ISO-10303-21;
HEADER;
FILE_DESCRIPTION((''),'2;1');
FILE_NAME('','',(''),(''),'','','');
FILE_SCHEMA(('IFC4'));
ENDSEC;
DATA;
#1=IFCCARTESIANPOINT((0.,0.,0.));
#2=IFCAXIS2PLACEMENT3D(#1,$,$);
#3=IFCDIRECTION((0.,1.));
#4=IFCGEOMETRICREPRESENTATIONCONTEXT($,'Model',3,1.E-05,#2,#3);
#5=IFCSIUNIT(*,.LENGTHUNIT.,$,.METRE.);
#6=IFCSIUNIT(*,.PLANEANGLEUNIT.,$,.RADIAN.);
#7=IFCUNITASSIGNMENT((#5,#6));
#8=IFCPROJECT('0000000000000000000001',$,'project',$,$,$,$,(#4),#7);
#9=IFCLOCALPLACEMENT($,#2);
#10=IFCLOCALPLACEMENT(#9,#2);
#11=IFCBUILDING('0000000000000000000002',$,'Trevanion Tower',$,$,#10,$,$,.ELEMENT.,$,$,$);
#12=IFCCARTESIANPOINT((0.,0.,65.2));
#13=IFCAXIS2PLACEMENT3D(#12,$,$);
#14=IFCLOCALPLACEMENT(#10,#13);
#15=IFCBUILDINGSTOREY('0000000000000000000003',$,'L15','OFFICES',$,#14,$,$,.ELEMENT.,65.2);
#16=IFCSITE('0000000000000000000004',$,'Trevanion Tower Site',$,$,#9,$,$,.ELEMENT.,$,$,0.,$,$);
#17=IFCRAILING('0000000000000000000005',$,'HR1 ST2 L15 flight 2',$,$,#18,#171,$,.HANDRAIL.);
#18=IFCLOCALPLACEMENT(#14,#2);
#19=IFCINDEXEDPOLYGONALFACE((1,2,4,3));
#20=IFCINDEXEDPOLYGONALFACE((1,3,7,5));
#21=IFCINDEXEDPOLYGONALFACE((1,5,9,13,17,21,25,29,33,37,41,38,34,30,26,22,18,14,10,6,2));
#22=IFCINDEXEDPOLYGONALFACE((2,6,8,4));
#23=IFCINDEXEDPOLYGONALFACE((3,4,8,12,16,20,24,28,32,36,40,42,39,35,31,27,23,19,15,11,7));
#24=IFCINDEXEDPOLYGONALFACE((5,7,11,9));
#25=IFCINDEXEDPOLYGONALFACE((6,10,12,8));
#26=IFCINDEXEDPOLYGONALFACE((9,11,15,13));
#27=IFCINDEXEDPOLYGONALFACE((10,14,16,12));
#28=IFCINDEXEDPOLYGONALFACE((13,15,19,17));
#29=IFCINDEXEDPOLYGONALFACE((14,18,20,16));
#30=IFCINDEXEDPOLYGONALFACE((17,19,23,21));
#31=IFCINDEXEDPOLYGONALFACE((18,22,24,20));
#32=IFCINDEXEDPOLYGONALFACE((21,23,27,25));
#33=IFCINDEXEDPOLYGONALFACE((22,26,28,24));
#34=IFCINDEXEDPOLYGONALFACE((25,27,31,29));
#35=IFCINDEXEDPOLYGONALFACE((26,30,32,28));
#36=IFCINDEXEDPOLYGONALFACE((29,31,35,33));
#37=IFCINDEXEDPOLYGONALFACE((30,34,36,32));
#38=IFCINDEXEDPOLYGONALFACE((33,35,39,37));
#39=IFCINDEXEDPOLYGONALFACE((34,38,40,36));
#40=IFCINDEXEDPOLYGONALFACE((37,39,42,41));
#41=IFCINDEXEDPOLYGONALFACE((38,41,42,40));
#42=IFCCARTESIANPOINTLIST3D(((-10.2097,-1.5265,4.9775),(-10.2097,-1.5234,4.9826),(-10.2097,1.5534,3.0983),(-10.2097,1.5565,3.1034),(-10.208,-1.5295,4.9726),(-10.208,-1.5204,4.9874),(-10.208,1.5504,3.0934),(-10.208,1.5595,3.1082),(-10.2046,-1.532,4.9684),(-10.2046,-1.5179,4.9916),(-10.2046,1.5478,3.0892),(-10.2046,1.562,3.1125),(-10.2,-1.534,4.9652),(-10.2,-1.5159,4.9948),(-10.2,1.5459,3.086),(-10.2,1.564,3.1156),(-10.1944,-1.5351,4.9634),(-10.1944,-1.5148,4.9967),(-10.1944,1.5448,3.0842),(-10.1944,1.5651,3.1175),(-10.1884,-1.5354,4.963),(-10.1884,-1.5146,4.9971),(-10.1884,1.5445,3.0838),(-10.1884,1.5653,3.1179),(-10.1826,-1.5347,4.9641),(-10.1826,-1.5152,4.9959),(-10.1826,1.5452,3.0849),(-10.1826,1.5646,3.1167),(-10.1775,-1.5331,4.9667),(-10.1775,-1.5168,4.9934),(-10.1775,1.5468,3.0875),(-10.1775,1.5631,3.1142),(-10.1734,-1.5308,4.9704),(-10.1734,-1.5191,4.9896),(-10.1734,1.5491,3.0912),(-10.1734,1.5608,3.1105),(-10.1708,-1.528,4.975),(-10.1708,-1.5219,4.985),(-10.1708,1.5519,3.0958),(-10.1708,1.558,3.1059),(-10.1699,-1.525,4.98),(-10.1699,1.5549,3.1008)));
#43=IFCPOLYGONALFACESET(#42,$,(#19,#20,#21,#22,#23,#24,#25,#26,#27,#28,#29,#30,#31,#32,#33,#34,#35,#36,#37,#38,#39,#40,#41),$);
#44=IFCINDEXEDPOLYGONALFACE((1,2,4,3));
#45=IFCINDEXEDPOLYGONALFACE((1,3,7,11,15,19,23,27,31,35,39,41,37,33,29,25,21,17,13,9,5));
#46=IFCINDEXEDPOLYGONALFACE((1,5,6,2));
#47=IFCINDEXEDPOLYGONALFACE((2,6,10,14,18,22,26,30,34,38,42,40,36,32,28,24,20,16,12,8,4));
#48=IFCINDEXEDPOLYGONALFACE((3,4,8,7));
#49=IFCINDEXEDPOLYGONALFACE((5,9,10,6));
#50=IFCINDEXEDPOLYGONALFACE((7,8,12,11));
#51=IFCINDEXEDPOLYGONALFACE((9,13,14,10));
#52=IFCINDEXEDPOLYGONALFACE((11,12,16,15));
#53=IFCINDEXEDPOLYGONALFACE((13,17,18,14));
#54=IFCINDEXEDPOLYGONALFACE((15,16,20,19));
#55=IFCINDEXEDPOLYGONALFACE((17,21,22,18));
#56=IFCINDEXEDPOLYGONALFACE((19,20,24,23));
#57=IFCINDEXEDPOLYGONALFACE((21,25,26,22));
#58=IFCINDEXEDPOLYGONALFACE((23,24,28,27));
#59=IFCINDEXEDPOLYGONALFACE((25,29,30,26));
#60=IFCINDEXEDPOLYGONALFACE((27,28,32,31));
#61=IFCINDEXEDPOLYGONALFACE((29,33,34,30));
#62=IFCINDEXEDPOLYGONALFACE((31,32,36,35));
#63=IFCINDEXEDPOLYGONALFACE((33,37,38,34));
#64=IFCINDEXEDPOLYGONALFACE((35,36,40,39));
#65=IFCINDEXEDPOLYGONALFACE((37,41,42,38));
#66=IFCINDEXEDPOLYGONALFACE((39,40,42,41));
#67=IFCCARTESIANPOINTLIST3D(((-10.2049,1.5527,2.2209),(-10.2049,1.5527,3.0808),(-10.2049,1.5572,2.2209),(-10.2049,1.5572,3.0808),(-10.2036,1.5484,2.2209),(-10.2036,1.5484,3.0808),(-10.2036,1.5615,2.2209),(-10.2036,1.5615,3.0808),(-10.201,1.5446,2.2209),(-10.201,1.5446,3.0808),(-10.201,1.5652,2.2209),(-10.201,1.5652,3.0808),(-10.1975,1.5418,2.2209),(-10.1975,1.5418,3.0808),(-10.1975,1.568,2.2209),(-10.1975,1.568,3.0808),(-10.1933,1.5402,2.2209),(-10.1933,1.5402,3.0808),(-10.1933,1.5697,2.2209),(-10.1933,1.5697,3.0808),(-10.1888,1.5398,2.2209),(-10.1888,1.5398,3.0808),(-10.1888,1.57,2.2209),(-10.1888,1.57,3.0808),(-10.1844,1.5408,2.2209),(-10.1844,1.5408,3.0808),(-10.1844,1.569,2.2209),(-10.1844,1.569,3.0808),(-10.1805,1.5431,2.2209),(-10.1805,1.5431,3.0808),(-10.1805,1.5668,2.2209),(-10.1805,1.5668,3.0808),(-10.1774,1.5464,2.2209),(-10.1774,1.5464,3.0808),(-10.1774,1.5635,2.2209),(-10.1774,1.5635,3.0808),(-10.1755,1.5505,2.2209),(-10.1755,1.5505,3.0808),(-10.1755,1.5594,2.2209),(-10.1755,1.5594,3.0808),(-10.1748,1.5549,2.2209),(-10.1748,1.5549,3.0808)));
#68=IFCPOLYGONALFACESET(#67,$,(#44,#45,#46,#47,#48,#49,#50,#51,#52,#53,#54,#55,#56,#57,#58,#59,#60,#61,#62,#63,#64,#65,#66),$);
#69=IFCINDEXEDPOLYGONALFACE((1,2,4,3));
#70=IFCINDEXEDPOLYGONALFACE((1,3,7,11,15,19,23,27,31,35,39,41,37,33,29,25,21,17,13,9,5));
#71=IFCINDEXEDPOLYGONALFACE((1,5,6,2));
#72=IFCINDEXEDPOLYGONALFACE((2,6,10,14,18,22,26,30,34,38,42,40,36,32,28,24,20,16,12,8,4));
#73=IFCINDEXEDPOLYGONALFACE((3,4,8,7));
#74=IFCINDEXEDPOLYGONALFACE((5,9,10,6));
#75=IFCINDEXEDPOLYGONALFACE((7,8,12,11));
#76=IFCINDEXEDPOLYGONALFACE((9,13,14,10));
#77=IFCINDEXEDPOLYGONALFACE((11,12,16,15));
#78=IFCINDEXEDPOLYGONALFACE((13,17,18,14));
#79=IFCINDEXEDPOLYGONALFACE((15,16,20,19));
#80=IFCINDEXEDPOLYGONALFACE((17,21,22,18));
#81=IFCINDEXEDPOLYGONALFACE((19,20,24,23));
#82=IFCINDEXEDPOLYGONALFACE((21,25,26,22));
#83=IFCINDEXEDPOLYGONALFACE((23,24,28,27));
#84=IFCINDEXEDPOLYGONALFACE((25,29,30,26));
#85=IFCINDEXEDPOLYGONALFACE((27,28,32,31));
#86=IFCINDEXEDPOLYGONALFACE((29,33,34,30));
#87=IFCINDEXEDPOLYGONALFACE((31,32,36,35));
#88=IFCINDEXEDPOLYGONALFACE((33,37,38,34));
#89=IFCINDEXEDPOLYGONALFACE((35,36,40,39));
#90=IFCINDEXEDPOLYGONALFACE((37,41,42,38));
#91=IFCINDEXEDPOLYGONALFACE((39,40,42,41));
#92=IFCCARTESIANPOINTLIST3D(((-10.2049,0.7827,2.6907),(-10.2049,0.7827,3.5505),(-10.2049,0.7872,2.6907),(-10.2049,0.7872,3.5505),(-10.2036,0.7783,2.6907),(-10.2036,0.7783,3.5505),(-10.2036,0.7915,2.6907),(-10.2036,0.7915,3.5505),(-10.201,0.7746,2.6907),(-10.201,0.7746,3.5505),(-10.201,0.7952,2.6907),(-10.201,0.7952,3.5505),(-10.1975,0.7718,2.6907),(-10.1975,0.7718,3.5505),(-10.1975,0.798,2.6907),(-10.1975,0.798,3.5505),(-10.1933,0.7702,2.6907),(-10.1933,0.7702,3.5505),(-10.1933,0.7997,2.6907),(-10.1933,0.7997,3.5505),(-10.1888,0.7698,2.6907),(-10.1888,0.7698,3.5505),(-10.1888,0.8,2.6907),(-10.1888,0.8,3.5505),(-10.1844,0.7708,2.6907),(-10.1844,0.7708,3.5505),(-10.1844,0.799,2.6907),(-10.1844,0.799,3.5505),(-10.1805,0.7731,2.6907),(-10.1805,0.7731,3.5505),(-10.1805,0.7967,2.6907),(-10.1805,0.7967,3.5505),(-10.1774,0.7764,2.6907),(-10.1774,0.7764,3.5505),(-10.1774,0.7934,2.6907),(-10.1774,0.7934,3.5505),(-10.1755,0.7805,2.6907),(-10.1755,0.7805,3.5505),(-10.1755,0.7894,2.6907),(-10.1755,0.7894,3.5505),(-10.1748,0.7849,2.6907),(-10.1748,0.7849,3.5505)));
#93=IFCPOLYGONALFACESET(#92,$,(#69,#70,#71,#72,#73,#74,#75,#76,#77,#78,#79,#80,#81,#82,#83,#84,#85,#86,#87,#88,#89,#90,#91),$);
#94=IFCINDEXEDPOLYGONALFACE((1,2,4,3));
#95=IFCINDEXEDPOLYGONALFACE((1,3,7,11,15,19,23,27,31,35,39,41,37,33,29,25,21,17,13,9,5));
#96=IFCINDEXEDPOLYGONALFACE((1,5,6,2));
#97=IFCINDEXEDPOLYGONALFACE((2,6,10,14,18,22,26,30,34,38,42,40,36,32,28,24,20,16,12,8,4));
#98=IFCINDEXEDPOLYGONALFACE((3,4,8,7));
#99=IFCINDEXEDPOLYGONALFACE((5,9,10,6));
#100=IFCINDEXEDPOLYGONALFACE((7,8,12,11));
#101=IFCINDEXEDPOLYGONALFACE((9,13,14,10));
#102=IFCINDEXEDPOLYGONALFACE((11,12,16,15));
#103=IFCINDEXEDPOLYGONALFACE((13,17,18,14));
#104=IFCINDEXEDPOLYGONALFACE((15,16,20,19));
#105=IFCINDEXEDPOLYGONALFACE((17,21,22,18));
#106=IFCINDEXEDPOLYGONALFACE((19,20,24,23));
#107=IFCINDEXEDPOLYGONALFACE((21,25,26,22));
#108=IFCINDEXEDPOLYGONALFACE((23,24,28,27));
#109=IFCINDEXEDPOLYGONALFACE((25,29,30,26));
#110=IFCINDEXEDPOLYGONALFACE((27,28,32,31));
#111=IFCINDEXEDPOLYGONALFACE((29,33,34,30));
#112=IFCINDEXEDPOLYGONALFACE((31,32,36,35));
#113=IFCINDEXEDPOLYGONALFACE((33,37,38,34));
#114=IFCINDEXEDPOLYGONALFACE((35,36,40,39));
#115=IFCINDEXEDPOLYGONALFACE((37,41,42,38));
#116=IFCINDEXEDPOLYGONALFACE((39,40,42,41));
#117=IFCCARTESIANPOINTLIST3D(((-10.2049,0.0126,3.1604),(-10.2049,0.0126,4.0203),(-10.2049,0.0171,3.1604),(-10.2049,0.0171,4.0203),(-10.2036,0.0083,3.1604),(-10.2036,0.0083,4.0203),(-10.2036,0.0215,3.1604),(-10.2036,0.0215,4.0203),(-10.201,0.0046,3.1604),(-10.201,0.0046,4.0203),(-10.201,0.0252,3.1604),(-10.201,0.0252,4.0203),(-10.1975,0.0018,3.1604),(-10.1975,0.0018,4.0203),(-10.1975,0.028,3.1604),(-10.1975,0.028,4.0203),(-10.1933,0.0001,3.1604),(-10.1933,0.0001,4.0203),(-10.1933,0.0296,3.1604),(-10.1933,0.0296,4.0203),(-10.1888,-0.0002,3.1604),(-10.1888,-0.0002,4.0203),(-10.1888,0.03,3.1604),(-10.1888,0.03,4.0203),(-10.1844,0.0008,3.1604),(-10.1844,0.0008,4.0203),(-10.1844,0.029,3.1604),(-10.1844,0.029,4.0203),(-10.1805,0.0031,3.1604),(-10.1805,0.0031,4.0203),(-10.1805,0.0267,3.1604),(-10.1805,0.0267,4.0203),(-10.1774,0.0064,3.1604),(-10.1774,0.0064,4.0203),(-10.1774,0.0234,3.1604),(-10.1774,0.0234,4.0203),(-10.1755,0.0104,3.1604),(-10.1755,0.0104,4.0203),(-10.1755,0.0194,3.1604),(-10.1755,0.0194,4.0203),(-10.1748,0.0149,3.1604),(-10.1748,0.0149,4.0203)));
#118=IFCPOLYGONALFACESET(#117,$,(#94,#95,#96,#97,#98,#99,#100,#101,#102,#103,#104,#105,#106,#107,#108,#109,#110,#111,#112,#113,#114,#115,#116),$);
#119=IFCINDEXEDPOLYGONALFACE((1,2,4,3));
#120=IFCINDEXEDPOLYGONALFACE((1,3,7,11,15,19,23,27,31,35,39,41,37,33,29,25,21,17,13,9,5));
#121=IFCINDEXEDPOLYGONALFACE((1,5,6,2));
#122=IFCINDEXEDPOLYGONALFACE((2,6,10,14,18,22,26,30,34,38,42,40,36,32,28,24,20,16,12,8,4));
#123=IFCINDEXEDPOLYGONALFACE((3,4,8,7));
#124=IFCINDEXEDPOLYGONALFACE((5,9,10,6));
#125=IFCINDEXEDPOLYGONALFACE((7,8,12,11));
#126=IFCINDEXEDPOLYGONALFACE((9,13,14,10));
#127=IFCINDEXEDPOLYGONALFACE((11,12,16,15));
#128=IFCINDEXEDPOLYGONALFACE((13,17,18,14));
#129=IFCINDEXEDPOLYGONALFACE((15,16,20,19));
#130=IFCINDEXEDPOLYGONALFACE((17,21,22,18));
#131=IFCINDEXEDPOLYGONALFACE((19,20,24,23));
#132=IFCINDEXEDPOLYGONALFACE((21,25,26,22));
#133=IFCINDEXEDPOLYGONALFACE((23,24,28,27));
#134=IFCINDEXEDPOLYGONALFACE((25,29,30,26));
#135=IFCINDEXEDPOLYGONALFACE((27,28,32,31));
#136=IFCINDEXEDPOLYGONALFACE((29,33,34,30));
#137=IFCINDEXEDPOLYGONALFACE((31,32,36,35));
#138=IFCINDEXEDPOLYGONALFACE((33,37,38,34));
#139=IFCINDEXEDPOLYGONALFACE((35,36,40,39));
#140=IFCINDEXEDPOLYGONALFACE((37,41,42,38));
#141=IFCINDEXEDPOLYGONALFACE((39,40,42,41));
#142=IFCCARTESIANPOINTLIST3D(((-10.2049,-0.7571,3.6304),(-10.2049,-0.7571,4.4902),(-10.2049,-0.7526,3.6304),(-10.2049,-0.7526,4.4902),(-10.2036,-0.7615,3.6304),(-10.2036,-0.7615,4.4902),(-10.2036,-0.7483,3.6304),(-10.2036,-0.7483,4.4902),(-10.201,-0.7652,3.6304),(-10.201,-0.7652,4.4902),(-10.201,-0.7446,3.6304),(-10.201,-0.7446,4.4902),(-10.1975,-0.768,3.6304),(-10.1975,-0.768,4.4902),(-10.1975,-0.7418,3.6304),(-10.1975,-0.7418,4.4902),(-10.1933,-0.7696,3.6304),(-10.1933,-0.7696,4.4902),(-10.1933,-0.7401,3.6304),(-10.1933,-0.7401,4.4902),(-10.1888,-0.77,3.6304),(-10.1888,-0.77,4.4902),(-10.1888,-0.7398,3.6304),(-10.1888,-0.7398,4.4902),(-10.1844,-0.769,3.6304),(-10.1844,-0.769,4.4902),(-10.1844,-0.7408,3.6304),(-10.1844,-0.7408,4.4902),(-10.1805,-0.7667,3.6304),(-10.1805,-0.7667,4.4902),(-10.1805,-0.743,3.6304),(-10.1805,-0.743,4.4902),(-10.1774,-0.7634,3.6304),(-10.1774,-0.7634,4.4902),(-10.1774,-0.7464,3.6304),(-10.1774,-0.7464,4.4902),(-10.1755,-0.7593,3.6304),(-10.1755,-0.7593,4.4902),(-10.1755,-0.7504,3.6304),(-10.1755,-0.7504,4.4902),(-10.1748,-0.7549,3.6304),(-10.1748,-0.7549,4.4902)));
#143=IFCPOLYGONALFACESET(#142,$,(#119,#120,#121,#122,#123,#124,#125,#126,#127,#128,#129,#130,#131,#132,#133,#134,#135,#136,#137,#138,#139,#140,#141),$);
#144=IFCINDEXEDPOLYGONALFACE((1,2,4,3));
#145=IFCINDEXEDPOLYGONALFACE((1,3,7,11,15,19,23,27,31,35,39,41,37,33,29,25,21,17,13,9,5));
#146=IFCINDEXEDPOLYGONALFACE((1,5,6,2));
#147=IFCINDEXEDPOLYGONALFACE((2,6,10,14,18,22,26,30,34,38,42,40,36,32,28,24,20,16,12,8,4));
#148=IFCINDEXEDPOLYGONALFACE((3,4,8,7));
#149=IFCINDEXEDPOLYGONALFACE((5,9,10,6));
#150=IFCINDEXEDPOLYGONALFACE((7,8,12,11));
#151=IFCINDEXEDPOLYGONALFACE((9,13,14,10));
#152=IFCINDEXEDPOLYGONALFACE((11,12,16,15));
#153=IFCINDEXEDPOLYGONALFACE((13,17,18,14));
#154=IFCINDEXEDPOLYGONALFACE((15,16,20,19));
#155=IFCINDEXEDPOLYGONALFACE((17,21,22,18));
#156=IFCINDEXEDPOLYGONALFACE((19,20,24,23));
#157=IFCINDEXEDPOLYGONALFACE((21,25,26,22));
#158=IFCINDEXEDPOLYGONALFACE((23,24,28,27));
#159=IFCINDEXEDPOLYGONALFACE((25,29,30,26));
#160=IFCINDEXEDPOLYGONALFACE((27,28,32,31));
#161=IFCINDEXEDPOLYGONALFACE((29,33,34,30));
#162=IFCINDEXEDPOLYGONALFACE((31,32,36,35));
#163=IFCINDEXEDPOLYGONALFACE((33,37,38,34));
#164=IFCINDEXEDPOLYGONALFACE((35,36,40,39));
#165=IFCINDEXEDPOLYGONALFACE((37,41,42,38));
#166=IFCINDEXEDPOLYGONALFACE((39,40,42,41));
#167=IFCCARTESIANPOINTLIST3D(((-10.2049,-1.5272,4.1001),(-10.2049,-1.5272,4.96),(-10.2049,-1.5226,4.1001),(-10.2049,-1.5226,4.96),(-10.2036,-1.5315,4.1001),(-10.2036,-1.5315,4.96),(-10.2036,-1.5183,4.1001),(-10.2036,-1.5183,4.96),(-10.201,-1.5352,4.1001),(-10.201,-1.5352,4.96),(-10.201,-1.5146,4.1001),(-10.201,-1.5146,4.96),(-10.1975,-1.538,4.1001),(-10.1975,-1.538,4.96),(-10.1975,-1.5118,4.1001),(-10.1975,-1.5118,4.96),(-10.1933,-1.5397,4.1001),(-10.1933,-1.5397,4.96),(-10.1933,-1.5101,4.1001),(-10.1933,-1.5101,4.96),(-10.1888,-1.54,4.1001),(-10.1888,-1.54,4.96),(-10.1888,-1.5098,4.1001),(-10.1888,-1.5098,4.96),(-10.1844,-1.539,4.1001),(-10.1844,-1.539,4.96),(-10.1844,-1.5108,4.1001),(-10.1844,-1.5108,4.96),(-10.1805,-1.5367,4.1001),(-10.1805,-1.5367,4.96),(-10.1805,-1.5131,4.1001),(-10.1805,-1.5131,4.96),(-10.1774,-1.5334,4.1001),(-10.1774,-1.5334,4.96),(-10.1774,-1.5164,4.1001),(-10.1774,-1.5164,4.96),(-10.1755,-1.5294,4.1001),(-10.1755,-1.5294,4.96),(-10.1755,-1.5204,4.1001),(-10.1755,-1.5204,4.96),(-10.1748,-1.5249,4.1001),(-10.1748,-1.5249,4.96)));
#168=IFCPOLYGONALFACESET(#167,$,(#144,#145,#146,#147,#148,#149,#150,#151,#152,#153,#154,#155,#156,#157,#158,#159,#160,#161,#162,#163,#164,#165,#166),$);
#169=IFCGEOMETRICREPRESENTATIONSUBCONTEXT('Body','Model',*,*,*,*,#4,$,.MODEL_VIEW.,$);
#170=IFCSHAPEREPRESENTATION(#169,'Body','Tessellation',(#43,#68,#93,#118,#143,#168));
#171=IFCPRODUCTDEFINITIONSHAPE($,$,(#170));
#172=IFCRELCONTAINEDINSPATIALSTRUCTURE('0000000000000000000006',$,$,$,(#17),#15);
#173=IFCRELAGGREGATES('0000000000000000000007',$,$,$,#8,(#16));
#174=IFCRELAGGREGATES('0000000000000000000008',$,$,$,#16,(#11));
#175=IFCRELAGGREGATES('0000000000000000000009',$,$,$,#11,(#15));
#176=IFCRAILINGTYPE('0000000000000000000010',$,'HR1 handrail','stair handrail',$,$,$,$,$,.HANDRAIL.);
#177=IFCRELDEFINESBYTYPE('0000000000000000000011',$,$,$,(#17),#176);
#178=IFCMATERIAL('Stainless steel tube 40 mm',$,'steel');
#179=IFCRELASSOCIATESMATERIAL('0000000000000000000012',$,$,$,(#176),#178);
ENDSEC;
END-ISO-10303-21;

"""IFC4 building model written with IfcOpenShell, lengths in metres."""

from ifc_helpers import new_model, si_unit, direction, frame, origin, origin_2d, place, context, subcontext, project, spatial, circle, extrude, material, type_object, element, save


model = new_model("IFC4")

# Units and contexts
model_context = context("Model", 3, precision=1e-05, world=origin(), true_north=direction((0.0, 1.0)))
body_context = subcontext(model_context, "Body", "Model", "MODEL_VIEW")
ifc_project = project(units=[si_unit("LENGTHUNIT", "METRE"), si_unit("PLANEANGLEUNIT", "RADIAN")], contexts=[model_context])

# Site, building, storey
site_placement = place(None, origin())
site = spatial("IfcSite", under=ifc_project, at=site_placement, Name="Trevanion Tower Site", CompositionType="ELEMENT", RefElevation=0.0)
building_placement = place(site_placement, origin())
building = spatial("IfcBuilding", under=site, at=building_placement, Name="Trevanion Tower", CompositionType="ELEMENT")
storey_placement = place(building_placement, frame((0.0, 0.0, 65.2)))
storey = spatial("IfcBuildingStorey", under=building, at=storey_placement, Name="L15", Description="OFFICES", CompositionType="ELEMENT", Elevation=65.2)

# Railing
ifc_material_1 = material(Name="Stainless steel tube 40 mm", Category="steel")
railing_type = type_object("IfcRailingType", Name="HR1 handrail", Description="stair handrail", PredefinedType="HANDRAIL", material=ifc_material_1)
for number, where, name in (
    (1, (-10.1899, 1.5549, 2.2209), "HR1 ST2 L15 flight 2"),
):
    element("IfcRailing", number, at=place(storey_placement, frame(where)), inside=storey, type_object=railing_type, Name=name, PredefinedType="HANDRAIL", context=body_context, shape_type="SweptSolid", body=[
        extrude(circle(Radius=0.02, at=origin_2d()), frame((0.0, 0.0, 0.8799), z_axis=(0.0, -0.853648, 0.52085), x_axis=(1.0, 0.0, 0.0)), (0.0, 0.0, 1.0), 3.6079),
        extrude(circle(Radius=0.0151, at=origin_2d()), origin(), (0.0, 0.0, 1.0), 0.8599),
        extrude(circle(Radius=0.0151, at=origin_2d()), frame((0.0, -0.77, 0.4697)), (0.0, 0.0, 1.0), 0.8599),
        extrude(circle(Radius=0.0151, at=origin_2d()), frame((0.0, -1.54, 0.9395)), (0.0, 0.0, 1.0), 0.8599),
        extrude(circle(Radius=0.0151, at=origin_2d()), frame((0.0, -2.3098, 1.4094)), (0.0, 0.0, 1.0), 0.8599),
        extrude(circle(Radius=0.0151, at=origin_2d()), frame((0.0, -3.0798, 1.8792)), (0.0, 0.0, 1.0), 0.8599),
    ])

save(model, "model.ifc")
